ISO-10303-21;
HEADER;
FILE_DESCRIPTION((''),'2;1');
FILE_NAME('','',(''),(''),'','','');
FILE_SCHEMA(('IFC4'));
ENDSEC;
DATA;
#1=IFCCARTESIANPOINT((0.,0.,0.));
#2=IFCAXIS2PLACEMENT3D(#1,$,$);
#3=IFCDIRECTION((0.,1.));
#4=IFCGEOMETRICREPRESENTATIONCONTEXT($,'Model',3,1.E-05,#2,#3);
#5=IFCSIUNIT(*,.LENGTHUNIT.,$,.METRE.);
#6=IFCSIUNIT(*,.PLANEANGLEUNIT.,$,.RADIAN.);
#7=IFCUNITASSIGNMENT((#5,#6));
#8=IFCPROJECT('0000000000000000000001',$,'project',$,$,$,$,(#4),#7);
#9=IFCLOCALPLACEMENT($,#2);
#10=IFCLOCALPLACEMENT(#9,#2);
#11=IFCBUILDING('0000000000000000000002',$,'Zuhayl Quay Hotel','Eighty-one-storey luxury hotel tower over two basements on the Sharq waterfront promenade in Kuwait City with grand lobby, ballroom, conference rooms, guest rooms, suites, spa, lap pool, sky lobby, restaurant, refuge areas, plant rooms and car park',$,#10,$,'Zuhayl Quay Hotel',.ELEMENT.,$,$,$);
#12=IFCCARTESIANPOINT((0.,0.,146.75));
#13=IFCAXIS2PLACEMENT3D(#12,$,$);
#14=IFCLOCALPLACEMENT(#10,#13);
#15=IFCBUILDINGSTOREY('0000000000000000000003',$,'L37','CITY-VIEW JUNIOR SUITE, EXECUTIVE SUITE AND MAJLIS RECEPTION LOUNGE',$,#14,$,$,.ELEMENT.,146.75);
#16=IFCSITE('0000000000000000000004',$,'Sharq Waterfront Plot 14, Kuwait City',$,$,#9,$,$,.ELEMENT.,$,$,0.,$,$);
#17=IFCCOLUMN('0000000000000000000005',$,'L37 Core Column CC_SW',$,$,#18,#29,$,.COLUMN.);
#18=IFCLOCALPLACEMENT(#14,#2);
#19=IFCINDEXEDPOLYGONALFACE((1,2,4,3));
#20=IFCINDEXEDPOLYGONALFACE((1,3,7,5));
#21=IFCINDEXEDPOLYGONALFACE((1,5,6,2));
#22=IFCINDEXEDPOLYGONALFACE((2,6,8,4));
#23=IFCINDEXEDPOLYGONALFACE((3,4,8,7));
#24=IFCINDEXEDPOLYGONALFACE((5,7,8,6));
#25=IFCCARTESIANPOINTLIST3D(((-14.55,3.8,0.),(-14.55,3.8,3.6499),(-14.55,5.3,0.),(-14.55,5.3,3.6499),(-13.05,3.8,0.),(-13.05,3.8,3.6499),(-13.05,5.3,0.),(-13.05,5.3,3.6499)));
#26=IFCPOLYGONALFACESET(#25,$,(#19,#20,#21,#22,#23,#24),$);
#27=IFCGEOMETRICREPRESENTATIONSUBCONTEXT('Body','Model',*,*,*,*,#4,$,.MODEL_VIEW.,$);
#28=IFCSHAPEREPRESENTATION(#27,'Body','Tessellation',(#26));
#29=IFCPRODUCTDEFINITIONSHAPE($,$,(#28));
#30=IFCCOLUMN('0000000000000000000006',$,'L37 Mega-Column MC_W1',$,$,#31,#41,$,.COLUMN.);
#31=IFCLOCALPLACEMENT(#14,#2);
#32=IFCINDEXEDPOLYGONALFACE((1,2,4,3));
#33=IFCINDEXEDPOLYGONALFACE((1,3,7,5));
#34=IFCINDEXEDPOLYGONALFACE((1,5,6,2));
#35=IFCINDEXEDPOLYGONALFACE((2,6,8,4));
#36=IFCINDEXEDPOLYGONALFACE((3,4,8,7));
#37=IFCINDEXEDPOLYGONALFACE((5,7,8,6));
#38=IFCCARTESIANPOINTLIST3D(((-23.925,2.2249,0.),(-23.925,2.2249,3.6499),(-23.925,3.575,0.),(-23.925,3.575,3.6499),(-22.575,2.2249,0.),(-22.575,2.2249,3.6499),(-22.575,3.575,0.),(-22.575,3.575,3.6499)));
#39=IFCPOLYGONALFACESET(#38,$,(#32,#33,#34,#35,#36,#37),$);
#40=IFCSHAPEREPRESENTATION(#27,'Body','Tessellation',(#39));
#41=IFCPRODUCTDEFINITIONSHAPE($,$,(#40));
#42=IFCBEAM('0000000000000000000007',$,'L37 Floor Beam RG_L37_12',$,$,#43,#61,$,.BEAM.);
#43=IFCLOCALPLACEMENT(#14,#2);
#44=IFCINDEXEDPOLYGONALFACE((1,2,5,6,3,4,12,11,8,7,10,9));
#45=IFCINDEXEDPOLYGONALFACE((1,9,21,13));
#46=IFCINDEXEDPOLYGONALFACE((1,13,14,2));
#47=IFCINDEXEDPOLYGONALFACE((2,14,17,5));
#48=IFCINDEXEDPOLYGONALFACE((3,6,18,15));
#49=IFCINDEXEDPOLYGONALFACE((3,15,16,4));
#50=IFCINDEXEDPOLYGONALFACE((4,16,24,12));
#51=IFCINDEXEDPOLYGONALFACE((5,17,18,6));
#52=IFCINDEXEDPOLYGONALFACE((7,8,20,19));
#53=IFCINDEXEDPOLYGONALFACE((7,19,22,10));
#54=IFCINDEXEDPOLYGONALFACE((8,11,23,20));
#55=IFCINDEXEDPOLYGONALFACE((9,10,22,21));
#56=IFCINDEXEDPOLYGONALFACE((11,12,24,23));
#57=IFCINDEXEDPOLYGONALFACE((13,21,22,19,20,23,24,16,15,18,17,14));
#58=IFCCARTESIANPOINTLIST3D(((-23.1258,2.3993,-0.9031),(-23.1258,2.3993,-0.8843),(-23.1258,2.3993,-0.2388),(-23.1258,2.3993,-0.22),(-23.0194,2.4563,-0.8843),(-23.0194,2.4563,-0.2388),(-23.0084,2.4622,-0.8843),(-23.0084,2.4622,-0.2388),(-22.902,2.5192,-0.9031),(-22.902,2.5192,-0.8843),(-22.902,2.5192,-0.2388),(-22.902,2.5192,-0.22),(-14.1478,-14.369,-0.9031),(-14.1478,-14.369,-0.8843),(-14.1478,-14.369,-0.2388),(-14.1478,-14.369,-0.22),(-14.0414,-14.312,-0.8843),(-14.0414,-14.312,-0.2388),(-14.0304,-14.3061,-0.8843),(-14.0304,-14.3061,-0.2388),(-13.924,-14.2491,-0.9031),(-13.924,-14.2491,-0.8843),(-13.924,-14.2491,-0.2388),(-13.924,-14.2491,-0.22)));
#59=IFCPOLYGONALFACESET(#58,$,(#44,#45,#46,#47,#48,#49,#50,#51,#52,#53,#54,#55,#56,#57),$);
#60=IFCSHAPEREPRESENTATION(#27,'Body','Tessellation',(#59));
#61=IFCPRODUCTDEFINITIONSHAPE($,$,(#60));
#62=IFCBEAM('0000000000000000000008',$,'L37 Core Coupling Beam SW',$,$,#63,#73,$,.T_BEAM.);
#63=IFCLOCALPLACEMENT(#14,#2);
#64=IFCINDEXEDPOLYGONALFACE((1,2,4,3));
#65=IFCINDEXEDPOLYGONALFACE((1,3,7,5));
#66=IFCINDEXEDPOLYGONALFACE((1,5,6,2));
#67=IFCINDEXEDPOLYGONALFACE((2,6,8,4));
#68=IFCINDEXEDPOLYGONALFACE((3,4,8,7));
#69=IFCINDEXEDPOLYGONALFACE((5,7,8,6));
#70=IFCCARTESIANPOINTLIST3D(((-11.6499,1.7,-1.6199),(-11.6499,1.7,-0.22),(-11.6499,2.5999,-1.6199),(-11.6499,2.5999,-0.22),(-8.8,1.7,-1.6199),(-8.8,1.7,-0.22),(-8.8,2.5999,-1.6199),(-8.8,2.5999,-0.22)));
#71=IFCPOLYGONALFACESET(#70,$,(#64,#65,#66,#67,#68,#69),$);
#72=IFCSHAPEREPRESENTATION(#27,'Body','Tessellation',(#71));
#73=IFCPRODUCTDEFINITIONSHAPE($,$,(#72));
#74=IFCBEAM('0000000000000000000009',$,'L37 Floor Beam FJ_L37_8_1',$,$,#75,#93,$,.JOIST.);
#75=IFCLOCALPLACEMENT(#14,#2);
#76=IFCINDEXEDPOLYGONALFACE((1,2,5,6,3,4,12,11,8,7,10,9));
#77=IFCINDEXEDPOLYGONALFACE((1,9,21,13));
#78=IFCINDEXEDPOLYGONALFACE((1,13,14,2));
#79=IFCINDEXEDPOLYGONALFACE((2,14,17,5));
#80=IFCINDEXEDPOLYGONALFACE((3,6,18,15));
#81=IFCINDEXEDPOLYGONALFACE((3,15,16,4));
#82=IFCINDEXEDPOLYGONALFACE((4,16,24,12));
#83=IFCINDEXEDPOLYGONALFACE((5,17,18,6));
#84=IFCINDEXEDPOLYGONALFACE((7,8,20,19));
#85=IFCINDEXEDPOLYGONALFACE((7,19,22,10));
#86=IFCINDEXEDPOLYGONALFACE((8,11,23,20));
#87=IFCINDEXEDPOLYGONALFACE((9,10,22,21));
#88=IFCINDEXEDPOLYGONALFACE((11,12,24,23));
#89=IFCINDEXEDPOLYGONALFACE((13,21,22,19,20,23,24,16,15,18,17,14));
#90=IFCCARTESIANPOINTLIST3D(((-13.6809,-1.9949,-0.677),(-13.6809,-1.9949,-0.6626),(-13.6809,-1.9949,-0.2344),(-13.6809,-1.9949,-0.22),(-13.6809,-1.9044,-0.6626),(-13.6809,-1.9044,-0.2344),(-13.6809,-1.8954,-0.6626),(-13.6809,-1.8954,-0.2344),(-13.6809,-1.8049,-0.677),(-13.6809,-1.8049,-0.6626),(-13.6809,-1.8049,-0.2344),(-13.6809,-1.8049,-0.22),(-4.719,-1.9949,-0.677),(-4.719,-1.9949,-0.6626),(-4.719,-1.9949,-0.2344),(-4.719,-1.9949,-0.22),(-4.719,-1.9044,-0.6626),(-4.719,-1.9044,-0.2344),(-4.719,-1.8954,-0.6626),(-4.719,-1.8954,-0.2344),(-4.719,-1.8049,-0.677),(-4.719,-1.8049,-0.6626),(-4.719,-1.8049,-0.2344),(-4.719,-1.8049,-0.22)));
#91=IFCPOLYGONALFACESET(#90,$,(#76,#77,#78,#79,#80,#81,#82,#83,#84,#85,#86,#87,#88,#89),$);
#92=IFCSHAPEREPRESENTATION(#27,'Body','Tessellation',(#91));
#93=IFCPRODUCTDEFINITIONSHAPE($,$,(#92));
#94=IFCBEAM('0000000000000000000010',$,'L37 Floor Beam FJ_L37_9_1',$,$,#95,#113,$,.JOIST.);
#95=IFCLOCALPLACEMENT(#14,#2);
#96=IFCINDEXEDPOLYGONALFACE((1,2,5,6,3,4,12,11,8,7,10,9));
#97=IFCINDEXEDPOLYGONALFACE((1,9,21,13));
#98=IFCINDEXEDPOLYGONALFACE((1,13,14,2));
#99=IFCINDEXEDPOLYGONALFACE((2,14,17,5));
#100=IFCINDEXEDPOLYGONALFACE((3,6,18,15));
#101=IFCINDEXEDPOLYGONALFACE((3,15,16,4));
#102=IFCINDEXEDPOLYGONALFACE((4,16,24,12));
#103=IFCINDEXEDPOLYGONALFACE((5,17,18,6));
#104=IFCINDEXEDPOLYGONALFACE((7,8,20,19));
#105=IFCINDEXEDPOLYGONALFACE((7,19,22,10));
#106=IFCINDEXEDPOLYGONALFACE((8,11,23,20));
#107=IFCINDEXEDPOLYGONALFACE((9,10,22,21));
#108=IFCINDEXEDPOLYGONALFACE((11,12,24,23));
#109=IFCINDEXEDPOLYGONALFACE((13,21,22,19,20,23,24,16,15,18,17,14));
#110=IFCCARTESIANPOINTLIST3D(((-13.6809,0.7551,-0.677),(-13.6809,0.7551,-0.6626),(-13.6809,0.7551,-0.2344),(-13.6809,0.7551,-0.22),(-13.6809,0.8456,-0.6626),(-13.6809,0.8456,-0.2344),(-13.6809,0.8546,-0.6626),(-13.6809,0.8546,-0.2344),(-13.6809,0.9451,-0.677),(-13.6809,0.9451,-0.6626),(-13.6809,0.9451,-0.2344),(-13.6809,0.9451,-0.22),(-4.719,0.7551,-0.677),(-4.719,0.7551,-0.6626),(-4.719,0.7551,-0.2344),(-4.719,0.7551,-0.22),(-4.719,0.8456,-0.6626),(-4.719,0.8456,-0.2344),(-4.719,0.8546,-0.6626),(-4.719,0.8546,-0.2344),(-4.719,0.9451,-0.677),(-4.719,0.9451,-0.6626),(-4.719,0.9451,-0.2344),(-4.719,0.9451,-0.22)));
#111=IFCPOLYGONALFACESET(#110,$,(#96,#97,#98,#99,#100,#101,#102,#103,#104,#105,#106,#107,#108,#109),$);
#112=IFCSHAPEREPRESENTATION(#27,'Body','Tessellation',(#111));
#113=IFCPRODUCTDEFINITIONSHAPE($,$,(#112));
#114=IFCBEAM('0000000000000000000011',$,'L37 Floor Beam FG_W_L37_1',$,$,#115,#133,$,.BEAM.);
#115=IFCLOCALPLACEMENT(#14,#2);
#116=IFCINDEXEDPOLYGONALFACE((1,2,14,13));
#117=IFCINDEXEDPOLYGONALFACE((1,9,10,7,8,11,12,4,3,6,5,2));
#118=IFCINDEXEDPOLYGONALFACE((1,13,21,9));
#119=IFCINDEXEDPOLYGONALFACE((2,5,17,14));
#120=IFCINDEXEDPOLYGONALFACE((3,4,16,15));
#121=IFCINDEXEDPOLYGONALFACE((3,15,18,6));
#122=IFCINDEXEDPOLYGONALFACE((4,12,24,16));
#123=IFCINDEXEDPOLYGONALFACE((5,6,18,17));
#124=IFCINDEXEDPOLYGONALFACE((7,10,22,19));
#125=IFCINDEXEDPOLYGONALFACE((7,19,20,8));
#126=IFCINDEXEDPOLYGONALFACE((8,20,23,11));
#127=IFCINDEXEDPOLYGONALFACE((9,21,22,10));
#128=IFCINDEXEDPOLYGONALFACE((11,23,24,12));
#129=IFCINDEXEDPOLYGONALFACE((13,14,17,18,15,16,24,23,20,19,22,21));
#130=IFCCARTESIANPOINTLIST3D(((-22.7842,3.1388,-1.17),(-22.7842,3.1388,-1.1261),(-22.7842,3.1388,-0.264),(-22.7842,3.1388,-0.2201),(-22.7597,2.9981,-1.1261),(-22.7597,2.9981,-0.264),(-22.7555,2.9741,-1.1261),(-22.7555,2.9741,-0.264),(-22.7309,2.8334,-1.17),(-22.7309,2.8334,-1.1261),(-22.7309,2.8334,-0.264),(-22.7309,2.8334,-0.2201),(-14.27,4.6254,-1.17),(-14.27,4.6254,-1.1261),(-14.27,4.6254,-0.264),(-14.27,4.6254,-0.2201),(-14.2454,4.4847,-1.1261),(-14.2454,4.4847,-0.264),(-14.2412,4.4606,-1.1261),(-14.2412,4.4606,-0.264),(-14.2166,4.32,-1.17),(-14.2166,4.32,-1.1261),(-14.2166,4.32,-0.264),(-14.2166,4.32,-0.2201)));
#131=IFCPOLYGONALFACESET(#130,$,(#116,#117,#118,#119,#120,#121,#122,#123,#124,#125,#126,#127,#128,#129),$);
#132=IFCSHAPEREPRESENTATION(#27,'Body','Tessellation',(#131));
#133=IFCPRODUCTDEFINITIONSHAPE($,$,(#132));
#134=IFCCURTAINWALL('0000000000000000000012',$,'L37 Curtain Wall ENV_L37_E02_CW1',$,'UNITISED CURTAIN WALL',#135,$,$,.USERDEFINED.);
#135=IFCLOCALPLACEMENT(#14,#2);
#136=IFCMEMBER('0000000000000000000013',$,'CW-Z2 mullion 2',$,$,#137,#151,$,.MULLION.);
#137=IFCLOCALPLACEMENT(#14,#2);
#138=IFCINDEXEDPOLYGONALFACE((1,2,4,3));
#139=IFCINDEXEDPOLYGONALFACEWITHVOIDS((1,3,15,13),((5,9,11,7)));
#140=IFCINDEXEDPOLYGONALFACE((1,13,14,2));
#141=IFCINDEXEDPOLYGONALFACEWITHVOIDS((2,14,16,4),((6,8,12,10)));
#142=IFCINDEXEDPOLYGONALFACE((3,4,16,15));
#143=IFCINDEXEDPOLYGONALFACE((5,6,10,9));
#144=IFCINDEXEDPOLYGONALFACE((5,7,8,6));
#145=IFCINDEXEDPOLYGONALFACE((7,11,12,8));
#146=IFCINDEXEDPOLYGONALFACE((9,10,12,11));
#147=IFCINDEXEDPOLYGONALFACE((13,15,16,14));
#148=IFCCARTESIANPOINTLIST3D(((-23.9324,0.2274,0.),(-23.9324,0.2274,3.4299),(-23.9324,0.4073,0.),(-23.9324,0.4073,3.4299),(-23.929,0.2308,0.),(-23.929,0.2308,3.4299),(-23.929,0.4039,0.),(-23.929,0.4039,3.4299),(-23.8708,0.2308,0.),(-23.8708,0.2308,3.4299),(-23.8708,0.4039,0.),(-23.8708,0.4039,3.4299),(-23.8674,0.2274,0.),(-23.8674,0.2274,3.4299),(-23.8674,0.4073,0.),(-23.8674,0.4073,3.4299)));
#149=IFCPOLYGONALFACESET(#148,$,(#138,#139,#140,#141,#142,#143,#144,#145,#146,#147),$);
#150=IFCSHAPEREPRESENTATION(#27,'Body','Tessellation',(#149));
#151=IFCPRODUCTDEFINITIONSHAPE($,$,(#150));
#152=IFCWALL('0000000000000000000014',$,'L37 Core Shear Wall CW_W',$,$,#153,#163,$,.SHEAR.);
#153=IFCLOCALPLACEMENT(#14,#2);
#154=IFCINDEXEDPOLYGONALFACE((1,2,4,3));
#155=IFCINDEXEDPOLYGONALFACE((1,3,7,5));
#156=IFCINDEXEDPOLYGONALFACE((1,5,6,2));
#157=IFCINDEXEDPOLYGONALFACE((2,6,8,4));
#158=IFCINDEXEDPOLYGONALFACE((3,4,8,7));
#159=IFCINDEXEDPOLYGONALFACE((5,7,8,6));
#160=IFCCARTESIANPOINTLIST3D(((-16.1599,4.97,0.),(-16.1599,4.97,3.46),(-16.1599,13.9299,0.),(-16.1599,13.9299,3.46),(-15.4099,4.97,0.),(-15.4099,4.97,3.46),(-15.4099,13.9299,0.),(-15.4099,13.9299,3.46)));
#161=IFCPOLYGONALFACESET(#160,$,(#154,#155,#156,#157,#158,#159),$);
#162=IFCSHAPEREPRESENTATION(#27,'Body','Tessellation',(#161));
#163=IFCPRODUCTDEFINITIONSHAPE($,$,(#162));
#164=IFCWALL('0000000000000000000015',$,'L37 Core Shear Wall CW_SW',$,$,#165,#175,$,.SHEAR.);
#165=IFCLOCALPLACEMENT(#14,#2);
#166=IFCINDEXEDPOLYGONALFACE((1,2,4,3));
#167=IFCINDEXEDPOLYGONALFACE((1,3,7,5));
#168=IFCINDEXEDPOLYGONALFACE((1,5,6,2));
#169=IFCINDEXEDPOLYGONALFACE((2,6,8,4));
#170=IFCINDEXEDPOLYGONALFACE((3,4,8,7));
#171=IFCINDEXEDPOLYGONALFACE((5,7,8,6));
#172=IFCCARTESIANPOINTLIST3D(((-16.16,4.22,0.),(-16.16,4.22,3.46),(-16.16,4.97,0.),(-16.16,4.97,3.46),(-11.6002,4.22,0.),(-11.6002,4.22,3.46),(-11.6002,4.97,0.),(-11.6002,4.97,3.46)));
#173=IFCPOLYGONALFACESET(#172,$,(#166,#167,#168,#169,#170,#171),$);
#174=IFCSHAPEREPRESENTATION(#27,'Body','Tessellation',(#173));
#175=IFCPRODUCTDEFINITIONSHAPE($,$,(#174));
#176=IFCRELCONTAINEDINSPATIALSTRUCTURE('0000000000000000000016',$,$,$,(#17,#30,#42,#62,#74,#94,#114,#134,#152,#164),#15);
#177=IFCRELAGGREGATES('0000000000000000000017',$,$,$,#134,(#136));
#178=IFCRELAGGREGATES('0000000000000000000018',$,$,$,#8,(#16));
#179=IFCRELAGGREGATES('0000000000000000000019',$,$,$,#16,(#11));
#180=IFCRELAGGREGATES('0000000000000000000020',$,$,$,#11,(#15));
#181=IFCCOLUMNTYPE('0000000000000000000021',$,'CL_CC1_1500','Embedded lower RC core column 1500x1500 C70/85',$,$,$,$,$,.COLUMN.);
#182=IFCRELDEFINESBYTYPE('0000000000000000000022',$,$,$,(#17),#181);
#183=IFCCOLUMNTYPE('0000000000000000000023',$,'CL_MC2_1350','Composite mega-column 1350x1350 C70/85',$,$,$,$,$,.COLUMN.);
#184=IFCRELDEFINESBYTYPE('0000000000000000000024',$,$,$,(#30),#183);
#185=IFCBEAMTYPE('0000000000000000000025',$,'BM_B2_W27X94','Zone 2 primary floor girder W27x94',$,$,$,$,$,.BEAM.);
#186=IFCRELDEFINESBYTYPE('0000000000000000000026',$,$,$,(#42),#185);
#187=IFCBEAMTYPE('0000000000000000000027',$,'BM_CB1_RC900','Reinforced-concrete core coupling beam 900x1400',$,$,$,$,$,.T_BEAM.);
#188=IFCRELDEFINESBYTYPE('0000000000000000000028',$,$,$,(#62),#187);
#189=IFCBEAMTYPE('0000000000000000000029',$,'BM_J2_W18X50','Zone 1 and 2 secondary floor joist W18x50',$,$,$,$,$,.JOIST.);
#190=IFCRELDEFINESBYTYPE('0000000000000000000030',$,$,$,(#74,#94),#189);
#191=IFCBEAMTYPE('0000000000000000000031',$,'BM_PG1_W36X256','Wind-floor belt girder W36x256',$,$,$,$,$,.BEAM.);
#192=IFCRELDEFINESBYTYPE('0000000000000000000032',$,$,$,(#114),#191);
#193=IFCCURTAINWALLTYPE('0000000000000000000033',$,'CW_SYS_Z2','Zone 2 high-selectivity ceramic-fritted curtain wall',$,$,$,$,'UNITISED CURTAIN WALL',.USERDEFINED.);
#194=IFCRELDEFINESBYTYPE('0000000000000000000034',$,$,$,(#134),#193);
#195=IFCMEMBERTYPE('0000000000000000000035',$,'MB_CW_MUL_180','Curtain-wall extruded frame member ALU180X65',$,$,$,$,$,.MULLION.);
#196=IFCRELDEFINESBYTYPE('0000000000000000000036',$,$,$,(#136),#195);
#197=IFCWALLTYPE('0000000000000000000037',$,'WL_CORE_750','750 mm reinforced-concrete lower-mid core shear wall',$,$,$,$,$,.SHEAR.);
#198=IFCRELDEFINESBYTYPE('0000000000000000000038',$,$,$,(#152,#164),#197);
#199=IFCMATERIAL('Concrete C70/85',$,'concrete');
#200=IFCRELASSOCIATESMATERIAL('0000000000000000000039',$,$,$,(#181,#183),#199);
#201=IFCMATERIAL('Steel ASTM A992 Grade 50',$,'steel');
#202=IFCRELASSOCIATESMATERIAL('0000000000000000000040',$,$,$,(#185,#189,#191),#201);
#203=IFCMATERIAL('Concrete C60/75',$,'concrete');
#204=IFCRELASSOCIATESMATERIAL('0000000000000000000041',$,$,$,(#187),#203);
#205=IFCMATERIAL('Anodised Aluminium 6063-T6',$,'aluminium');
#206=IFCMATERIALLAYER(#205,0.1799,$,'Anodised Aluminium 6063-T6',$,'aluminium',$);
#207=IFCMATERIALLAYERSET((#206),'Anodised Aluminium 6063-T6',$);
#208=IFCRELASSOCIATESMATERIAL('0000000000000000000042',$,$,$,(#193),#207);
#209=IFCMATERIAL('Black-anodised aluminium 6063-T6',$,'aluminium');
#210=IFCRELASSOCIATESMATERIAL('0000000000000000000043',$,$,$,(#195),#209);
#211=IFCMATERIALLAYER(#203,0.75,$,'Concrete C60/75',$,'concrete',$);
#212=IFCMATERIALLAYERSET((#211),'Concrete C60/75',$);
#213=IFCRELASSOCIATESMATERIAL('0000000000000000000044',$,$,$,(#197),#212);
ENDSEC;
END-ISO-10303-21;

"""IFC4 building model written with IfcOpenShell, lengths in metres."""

from ifc_helpers import new_model, si_unit, direction, frame, frame_2d, origin, origin_2d, place, context, subcontext, project, spatial, rectangle, hollow_rectangle, i_section, extrude, material, layer, layer_set, material_profile, profile_set, type_object, element, aggregate, save


model = new_model("IFC4")

# Units and contexts
model_context = context("Model", 3, precision=1e-05, world=origin(), true_north=direction((0.0, 1.0)))
body_context = subcontext(model_context, "Body", "Model", "MODEL_VIEW")
ifc_project = project(units=[si_unit("LENGTHUNIT", "METRE"), si_unit("PLANEANGLEUNIT", "RADIAN")], contexts=[model_context])

# Site, building, storey
site_placement = place(None, origin())
site = spatial("IfcSite", under=ifc_project, at=site_placement, Name="Sharq Waterfront Plot 14, Kuwait City", CompositionType="ELEMENT", RefElevation=0.0)
building_placement = place(site_placement, origin())
building = spatial("IfcBuilding", under=site, at=building_placement, Name="Zuhayl Quay Hotel", Description="Eighty-one-storey luxury hotel tower over two basements on the Sharq waterfront promenade in Kuwait City with grand lobby, ballroom, conference rooms, guest rooms, suites, spa, lap pool, sky lobby, restaurant, refuge areas, plant rooms and car park", LongName="Zuhayl Quay Hotel", CompositionType="ELEMENT")
storey_placement = place(building_placement, frame((0.0, 0.0, 146.75)))
storey = spatial("IfcBuildingStorey", under=building, at=storey_placement, Name="L37", Description="CITY-VIEW JUNIOR SUITE, EXECUTIVE SUITE AND MAJLIS RECEPTION LOUNGE", CompositionType="ELEMENT", Elevation=146.75)

# Columns
ifc_material_1 = material(Name="Concrete C70/85", Category="concrete")
ifc_material_profile_1 = material_profile(ifc_material_1, rectangle(XDim=1.5, YDim=1.5, at=origin_2d()), Name="RC1500X1500")
ifc_profile_set_1 = profile_set([ifc_material_profile_1], Name="Concrete C70/85")
column_type_1 = type_object("IfcColumnType", Name="CL_CC1_1500", Description="Embedded lower RC core column 1500x1500 C70/85", PredefinedType="COLUMN", material=ifc_profile_set_1)
column_1_placement = place(storey_placement, frame((-13.8, 4.55, 0.0), z_axis=(0.0, 0.0, 1.0), x_axis=(1.0, 0.0, 0.0)))
element("IfcColumn", 1, at=column_1_placement, inside=storey, type_object=column_type_1, Name="L37 Core Column CC_SW", PredefinedType="COLUMN", context=body_context, shape_type="SweptSolid", body=[
    extrude(rectangle(XDim=1.5, YDim=1.5, at=origin_2d()), origin(), (0.0, 0.0, 1.0), 3.6499),
])
ifc_material_profile_2 = material_profile(ifc_material_1, rectangle(XDim=1.3501, YDim=1.3501, at=origin_2d()), Name="RC1350X1350")
ifc_profile_set_2 = profile_set([ifc_material_profile_2], Name="Concrete C70/85")
column_type_2 = type_object("IfcColumnType", Name="CL_MC2_1350", Description="Composite mega-column 1350x1350 C70/85", PredefinedType="COLUMN", material=ifc_profile_set_2)
column_2_placement = place(storey_placement, frame((-23.25, 2.8999, 0.0), z_axis=(0.0, 0.0, 1.0), x_axis=(1.0, 0.0, 0.0)))
element("IfcColumn", 2, at=column_2_placement, inside=storey, type_object=column_type_2, Name="L37 Mega-Column MC_W1", PredefinedType="COLUMN", context=body_context, shape_type="SweptSolid", body=[
    extrude(rectangle(XDim=1.3501, YDim=1.3501, at=origin_2d()), origin(), (0.0, 0.0, 1.0), 3.6499),
])

# Beams
ifc_material_2 = material(Name="Steel ASTM A992 Grade 50", Category="steel")
ifc_material_profile_3 = material_profile(ifc_material_2, i_section(OverallWidth=0.2539, OverallDepth=0.6831, WebThickness=0.0125, FlangeThickness=0.0188, at=origin_2d()), Name="W27X94")
ifc_profile_set_3 = profile_set([ifc_material_profile_3], Name="Steel ASTM A992 Grade 50")
beam_type_1 = type_object("IfcBeamType", Name="BM_B2_W27X94", Description="Zone 2 primary floor girder W27x94", PredefinedType="BEAM", material=ifc_profile_set_3)
beam_1_placement = place(storey_placement, frame((-23.0139, 2.4592, -0.5615), z_axis=(0.472017, -0.881589, 0.0), x_axis=(0.881589, 0.472017, 0.0)))
element("IfcBeam", 3, at=beam_1_placement, inside=storey, type_object=beam_type_1, Name="L37 Floor Beam RG_L37_12", PredefinedType="BEAM", context=body_context, shape_type="SweptSolid", body=[
    extrude(i_section(OverallWidth=0.2539, OverallDepth=0.6831, WebThickness=0.0125, FlangeThickness=0.0188, at=origin_2d()), origin(), (0.0, 0.0, 1.0), 19.0205),
])
ifc_material_3 = material(Name="Concrete C60/75", Category="concrete")
ifc_material_profile_4 = material_profile(ifc_material_3, rectangle(XDim=0.8999, YDim=1.3999, at=origin_2d()), Name="RC900X1400")
ifc_profile_set_4 = profile_set([ifc_material_profile_4], Name="Concrete C60/75")
beam_type_2 = type_object("IfcBeamType", Name="BM_CB1_RC900", Description="Reinforced-concrete core coupling beam 900x1400", PredefinedType="T_BEAM", material=ifc_profile_set_4)
beam_2_placement = place(storey_placement, frame((-11.6499, 2.1499, -0.9199), z_axis=(1.0, 0.0, 0.0), x_axis=(0.0, 1.0, 0.0)))
element("IfcBeam", 4, at=beam_2_placement, inside=storey, type_object=beam_type_2, Name="L37 Core Coupling Beam SW", PredefinedType="T_BEAM", context=body_context, shape_type="SweptSolid", body=[
    extrude(rectangle(XDim=0.8999, YDim=1.3999, at=origin_2d()), origin(), (0.0, 0.0, 1.0), 2.8499),
])
ifc_material_profile_5 = material_profile(ifc_material_2, i_section(OverallWidth=0.1899, OverallDepth=0.457, WebThickness=0.009, FlangeThickness=0.0144, at=origin_2d()), Name="W18X50")
ifc_profile_set_5 = profile_set([ifc_material_profile_5], Name="Steel ASTM A992 Grade 50")
beam_type_3 = type_object("IfcBeamType", Name="BM_J2_W18X50", Description="Zone 1 and 2 secondary floor joist W18x50", PredefinedType="JOIST", material=ifc_profile_set_5)
for number, where, z_axis, x_axis, name in (
    (5, (-13.6809, -1.8999, -0.4485), (1.0, 0.0, 0.0), (0.0, 1.0, 0.0), "L37 Floor Beam FJ_L37_8_1"),
    (6, (-13.6809, 0.8501, -0.4485), (1.0, 0.0, 0.0), (0.0, 1.0, 0.0), "L37 Floor Beam FJ_L37_9_1"),
):
    element("IfcBeam", number, at=place(storey_placement, frame(where, z_axis=z_axis, x_axis=x_axis)), inside=storey, type_object=beam_type_3, Name=name, PredefinedType="JOIST", context=body_context, shape_type="SweptSolid", body=[
        extrude(i_section(OverallWidth=0.1899, OverallDepth=0.457, WebThickness=0.009, FlangeThickness=0.0144, at=origin_2d()), origin(), (0.0, 0.0, 1.0), 8.9619),
    ])
ifc_material_profile_6 = material_profile(ifc_material_2, i_section(OverallWidth=0.3101, OverallDepth=0.95, WebThickness=0.0244, FlangeThickness=0.0439, at=origin_2d()), Name="W36X256")
ifc_profile_set_6 = profile_set([ifc_material_profile_6], Name="Steel ASTM A992 Grade 50")
beam_type_4 = type_object("IfcBeamType", Name="BM_PG1_W36X256", Description="Wind-floor belt girder W36x256", PredefinedType="BEAM", material=ifc_profile_set_6)
beam_3_placement = place(storey_placement, frame((-22.7576, 2.9861, -0.6951), z_axis=(0.985097, 0.171998, 0.0), x_axis=(-0.171998, 0.985097, 0.0)))
element("IfcBeam", 7, at=beam_3_placement, inside=storey, type_object=beam_type_4, Name="L37 Floor Beam FG_W_L37_1", PredefinedType="BEAM", context=body_context, shape_type="SweptSolid", body=[
    extrude(i_section(OverallWidth=0.3101, OverallDepth=0.95, WebThickness=0.0244, FlangeThickness=0.0439, at=origin_2d()), origin(), (0.0, 0.0, 1.0), 8.6431),
])

# Curtain wall, member
ifc_material_4 = material(Name="Anodised Aluminium 6063-T6", Category="aluminium")
ifc_layer_1 = layer(ifc_material_4, 0.1799, Name="Anodised Aluminium 6063-T6", Category="aluminium")
ifc_layer_set_1 = layer_set([ifc_layer_1], Name="Anodised Aluminium 6063-T6")
curtain_wall_type = type_object("IfcCurtainWallType", Name="CW_SYS_Z2", Description="Zone 2 high-selectivity ceramic-fritted curtain wall", ElementType="UNITISED CURTAIN WALL", PredefinedType="USERDEFINED", material=ifc_layer_set_1)
curtain_wall_placement = place(storey_placement, origin())
curtain_wall = element("IfcCurtainWall", 8, at=curtain_wall_placement, inside=storey, type_object=curtain_wall_type, Name="L37 Curtain Wall ENV_L37_E02_CW1", ObjectType="UNITISED CURTAIN WALL", PredefinedType="USERDEFINED")
ifc_material_5 = material(Name="Black-anodised aluminium 6063-T6", Category="aluminium")
ifc_material_profile_7 = material_profile(ifc_material_5, hollow_rectangle(XDim=0.0649, YDim=0.1799, WallThickness=0.0034, at=origin_2d()), Name="ALU180X65")
ifc_profile_set_7 = profile_set([ifc_material_profile_7], Name="Black-anodised aluminium 6063-T6")
member_type = type_object("IfcMemberType", Name="MB_CW_MUL_180", Description="Curtain-wall extruded frame member ALU180X65", PredefinedType="MULLION", material=ifc_profile_set_7)
member_placement = place(storey_placement, frame((-23.8999, 0.3174, 0.0), z_axis=(0.0, 0.0, 1.0), x_axis=(-1.0, 0.0, 0.0)))
member = element("IfcMember", 9, at=member_placement, type_object=member_type, Name="CW-Z2 mullion 2", PredefinedType="MULLION", context=body_context, shape_type="SweptSolid", body=[
    extrude(hollow_rectangle(XDim=0.0649, YDim=0.1799, WallThickness=0.0034, at=origin_2d()), origin(), (0.0, 0.0, 1.0), 3.4299),
])
aggregate(curtain_wall, [member])

# Walls
ifc_layer_2 = layer(ifc_material_3, 0.75, Name="Concrete C60/75", Category="concrete")
ifc_layer_set_2 = layer_set([ifc_layer_2], Name="Concrete C60/75")
wall_type_1 = type_object("IfcWallType", Name="WL_CORE_750", Description="750 mm reinforced-concrete lower-mid core shear wall", PredefinedType="SHEAR", material=ifc_layer_set_2)
wall_1_placement = place(storey_placement, frame((-15.7849, 4.97, 0.0), z_axis=(0.0, 0.0, 1.0), x_axis=(0.0, 1.0, 0.0)))
element("IfcWall", 10, at=wall_1_placement, inside=storey, type_object=wall_type_1, Name="L37 Core Shear Wall CW_W", PredefinedType="SHEAR", context=body_context, shape_type="SweptSolid", body=[
    extrude(rectangle(XDim=8.96, YDim=0.75, at=frame_2d((4.48, 0.0))), origin(), (0.0, 0.0, 1.0), 3.46),
])
wall_2_placement = place(storey_placement, frame((-16.1599, 4.595, 0.0), z_axis=(0.0, 0.0, 1.0), x_axis=(1.0, 0.0, 0.0)))
element("IfcWall", 11, at=wall_2_placement, inside=storey, type_object=wall_type_1, Name="L37 Core Shear Wall CW_SW", PredefinedType="SHEAR", context=body_context, shape_type="SweptSolid", body=[
    extrude(rectangle(XDim=4.5598, YDim=0.75, at=frame_2d((2.2798, 0.0))), origin(), (0.0, 0.0, 1.0), 3.46),
])

save(model, "model.ifc")
